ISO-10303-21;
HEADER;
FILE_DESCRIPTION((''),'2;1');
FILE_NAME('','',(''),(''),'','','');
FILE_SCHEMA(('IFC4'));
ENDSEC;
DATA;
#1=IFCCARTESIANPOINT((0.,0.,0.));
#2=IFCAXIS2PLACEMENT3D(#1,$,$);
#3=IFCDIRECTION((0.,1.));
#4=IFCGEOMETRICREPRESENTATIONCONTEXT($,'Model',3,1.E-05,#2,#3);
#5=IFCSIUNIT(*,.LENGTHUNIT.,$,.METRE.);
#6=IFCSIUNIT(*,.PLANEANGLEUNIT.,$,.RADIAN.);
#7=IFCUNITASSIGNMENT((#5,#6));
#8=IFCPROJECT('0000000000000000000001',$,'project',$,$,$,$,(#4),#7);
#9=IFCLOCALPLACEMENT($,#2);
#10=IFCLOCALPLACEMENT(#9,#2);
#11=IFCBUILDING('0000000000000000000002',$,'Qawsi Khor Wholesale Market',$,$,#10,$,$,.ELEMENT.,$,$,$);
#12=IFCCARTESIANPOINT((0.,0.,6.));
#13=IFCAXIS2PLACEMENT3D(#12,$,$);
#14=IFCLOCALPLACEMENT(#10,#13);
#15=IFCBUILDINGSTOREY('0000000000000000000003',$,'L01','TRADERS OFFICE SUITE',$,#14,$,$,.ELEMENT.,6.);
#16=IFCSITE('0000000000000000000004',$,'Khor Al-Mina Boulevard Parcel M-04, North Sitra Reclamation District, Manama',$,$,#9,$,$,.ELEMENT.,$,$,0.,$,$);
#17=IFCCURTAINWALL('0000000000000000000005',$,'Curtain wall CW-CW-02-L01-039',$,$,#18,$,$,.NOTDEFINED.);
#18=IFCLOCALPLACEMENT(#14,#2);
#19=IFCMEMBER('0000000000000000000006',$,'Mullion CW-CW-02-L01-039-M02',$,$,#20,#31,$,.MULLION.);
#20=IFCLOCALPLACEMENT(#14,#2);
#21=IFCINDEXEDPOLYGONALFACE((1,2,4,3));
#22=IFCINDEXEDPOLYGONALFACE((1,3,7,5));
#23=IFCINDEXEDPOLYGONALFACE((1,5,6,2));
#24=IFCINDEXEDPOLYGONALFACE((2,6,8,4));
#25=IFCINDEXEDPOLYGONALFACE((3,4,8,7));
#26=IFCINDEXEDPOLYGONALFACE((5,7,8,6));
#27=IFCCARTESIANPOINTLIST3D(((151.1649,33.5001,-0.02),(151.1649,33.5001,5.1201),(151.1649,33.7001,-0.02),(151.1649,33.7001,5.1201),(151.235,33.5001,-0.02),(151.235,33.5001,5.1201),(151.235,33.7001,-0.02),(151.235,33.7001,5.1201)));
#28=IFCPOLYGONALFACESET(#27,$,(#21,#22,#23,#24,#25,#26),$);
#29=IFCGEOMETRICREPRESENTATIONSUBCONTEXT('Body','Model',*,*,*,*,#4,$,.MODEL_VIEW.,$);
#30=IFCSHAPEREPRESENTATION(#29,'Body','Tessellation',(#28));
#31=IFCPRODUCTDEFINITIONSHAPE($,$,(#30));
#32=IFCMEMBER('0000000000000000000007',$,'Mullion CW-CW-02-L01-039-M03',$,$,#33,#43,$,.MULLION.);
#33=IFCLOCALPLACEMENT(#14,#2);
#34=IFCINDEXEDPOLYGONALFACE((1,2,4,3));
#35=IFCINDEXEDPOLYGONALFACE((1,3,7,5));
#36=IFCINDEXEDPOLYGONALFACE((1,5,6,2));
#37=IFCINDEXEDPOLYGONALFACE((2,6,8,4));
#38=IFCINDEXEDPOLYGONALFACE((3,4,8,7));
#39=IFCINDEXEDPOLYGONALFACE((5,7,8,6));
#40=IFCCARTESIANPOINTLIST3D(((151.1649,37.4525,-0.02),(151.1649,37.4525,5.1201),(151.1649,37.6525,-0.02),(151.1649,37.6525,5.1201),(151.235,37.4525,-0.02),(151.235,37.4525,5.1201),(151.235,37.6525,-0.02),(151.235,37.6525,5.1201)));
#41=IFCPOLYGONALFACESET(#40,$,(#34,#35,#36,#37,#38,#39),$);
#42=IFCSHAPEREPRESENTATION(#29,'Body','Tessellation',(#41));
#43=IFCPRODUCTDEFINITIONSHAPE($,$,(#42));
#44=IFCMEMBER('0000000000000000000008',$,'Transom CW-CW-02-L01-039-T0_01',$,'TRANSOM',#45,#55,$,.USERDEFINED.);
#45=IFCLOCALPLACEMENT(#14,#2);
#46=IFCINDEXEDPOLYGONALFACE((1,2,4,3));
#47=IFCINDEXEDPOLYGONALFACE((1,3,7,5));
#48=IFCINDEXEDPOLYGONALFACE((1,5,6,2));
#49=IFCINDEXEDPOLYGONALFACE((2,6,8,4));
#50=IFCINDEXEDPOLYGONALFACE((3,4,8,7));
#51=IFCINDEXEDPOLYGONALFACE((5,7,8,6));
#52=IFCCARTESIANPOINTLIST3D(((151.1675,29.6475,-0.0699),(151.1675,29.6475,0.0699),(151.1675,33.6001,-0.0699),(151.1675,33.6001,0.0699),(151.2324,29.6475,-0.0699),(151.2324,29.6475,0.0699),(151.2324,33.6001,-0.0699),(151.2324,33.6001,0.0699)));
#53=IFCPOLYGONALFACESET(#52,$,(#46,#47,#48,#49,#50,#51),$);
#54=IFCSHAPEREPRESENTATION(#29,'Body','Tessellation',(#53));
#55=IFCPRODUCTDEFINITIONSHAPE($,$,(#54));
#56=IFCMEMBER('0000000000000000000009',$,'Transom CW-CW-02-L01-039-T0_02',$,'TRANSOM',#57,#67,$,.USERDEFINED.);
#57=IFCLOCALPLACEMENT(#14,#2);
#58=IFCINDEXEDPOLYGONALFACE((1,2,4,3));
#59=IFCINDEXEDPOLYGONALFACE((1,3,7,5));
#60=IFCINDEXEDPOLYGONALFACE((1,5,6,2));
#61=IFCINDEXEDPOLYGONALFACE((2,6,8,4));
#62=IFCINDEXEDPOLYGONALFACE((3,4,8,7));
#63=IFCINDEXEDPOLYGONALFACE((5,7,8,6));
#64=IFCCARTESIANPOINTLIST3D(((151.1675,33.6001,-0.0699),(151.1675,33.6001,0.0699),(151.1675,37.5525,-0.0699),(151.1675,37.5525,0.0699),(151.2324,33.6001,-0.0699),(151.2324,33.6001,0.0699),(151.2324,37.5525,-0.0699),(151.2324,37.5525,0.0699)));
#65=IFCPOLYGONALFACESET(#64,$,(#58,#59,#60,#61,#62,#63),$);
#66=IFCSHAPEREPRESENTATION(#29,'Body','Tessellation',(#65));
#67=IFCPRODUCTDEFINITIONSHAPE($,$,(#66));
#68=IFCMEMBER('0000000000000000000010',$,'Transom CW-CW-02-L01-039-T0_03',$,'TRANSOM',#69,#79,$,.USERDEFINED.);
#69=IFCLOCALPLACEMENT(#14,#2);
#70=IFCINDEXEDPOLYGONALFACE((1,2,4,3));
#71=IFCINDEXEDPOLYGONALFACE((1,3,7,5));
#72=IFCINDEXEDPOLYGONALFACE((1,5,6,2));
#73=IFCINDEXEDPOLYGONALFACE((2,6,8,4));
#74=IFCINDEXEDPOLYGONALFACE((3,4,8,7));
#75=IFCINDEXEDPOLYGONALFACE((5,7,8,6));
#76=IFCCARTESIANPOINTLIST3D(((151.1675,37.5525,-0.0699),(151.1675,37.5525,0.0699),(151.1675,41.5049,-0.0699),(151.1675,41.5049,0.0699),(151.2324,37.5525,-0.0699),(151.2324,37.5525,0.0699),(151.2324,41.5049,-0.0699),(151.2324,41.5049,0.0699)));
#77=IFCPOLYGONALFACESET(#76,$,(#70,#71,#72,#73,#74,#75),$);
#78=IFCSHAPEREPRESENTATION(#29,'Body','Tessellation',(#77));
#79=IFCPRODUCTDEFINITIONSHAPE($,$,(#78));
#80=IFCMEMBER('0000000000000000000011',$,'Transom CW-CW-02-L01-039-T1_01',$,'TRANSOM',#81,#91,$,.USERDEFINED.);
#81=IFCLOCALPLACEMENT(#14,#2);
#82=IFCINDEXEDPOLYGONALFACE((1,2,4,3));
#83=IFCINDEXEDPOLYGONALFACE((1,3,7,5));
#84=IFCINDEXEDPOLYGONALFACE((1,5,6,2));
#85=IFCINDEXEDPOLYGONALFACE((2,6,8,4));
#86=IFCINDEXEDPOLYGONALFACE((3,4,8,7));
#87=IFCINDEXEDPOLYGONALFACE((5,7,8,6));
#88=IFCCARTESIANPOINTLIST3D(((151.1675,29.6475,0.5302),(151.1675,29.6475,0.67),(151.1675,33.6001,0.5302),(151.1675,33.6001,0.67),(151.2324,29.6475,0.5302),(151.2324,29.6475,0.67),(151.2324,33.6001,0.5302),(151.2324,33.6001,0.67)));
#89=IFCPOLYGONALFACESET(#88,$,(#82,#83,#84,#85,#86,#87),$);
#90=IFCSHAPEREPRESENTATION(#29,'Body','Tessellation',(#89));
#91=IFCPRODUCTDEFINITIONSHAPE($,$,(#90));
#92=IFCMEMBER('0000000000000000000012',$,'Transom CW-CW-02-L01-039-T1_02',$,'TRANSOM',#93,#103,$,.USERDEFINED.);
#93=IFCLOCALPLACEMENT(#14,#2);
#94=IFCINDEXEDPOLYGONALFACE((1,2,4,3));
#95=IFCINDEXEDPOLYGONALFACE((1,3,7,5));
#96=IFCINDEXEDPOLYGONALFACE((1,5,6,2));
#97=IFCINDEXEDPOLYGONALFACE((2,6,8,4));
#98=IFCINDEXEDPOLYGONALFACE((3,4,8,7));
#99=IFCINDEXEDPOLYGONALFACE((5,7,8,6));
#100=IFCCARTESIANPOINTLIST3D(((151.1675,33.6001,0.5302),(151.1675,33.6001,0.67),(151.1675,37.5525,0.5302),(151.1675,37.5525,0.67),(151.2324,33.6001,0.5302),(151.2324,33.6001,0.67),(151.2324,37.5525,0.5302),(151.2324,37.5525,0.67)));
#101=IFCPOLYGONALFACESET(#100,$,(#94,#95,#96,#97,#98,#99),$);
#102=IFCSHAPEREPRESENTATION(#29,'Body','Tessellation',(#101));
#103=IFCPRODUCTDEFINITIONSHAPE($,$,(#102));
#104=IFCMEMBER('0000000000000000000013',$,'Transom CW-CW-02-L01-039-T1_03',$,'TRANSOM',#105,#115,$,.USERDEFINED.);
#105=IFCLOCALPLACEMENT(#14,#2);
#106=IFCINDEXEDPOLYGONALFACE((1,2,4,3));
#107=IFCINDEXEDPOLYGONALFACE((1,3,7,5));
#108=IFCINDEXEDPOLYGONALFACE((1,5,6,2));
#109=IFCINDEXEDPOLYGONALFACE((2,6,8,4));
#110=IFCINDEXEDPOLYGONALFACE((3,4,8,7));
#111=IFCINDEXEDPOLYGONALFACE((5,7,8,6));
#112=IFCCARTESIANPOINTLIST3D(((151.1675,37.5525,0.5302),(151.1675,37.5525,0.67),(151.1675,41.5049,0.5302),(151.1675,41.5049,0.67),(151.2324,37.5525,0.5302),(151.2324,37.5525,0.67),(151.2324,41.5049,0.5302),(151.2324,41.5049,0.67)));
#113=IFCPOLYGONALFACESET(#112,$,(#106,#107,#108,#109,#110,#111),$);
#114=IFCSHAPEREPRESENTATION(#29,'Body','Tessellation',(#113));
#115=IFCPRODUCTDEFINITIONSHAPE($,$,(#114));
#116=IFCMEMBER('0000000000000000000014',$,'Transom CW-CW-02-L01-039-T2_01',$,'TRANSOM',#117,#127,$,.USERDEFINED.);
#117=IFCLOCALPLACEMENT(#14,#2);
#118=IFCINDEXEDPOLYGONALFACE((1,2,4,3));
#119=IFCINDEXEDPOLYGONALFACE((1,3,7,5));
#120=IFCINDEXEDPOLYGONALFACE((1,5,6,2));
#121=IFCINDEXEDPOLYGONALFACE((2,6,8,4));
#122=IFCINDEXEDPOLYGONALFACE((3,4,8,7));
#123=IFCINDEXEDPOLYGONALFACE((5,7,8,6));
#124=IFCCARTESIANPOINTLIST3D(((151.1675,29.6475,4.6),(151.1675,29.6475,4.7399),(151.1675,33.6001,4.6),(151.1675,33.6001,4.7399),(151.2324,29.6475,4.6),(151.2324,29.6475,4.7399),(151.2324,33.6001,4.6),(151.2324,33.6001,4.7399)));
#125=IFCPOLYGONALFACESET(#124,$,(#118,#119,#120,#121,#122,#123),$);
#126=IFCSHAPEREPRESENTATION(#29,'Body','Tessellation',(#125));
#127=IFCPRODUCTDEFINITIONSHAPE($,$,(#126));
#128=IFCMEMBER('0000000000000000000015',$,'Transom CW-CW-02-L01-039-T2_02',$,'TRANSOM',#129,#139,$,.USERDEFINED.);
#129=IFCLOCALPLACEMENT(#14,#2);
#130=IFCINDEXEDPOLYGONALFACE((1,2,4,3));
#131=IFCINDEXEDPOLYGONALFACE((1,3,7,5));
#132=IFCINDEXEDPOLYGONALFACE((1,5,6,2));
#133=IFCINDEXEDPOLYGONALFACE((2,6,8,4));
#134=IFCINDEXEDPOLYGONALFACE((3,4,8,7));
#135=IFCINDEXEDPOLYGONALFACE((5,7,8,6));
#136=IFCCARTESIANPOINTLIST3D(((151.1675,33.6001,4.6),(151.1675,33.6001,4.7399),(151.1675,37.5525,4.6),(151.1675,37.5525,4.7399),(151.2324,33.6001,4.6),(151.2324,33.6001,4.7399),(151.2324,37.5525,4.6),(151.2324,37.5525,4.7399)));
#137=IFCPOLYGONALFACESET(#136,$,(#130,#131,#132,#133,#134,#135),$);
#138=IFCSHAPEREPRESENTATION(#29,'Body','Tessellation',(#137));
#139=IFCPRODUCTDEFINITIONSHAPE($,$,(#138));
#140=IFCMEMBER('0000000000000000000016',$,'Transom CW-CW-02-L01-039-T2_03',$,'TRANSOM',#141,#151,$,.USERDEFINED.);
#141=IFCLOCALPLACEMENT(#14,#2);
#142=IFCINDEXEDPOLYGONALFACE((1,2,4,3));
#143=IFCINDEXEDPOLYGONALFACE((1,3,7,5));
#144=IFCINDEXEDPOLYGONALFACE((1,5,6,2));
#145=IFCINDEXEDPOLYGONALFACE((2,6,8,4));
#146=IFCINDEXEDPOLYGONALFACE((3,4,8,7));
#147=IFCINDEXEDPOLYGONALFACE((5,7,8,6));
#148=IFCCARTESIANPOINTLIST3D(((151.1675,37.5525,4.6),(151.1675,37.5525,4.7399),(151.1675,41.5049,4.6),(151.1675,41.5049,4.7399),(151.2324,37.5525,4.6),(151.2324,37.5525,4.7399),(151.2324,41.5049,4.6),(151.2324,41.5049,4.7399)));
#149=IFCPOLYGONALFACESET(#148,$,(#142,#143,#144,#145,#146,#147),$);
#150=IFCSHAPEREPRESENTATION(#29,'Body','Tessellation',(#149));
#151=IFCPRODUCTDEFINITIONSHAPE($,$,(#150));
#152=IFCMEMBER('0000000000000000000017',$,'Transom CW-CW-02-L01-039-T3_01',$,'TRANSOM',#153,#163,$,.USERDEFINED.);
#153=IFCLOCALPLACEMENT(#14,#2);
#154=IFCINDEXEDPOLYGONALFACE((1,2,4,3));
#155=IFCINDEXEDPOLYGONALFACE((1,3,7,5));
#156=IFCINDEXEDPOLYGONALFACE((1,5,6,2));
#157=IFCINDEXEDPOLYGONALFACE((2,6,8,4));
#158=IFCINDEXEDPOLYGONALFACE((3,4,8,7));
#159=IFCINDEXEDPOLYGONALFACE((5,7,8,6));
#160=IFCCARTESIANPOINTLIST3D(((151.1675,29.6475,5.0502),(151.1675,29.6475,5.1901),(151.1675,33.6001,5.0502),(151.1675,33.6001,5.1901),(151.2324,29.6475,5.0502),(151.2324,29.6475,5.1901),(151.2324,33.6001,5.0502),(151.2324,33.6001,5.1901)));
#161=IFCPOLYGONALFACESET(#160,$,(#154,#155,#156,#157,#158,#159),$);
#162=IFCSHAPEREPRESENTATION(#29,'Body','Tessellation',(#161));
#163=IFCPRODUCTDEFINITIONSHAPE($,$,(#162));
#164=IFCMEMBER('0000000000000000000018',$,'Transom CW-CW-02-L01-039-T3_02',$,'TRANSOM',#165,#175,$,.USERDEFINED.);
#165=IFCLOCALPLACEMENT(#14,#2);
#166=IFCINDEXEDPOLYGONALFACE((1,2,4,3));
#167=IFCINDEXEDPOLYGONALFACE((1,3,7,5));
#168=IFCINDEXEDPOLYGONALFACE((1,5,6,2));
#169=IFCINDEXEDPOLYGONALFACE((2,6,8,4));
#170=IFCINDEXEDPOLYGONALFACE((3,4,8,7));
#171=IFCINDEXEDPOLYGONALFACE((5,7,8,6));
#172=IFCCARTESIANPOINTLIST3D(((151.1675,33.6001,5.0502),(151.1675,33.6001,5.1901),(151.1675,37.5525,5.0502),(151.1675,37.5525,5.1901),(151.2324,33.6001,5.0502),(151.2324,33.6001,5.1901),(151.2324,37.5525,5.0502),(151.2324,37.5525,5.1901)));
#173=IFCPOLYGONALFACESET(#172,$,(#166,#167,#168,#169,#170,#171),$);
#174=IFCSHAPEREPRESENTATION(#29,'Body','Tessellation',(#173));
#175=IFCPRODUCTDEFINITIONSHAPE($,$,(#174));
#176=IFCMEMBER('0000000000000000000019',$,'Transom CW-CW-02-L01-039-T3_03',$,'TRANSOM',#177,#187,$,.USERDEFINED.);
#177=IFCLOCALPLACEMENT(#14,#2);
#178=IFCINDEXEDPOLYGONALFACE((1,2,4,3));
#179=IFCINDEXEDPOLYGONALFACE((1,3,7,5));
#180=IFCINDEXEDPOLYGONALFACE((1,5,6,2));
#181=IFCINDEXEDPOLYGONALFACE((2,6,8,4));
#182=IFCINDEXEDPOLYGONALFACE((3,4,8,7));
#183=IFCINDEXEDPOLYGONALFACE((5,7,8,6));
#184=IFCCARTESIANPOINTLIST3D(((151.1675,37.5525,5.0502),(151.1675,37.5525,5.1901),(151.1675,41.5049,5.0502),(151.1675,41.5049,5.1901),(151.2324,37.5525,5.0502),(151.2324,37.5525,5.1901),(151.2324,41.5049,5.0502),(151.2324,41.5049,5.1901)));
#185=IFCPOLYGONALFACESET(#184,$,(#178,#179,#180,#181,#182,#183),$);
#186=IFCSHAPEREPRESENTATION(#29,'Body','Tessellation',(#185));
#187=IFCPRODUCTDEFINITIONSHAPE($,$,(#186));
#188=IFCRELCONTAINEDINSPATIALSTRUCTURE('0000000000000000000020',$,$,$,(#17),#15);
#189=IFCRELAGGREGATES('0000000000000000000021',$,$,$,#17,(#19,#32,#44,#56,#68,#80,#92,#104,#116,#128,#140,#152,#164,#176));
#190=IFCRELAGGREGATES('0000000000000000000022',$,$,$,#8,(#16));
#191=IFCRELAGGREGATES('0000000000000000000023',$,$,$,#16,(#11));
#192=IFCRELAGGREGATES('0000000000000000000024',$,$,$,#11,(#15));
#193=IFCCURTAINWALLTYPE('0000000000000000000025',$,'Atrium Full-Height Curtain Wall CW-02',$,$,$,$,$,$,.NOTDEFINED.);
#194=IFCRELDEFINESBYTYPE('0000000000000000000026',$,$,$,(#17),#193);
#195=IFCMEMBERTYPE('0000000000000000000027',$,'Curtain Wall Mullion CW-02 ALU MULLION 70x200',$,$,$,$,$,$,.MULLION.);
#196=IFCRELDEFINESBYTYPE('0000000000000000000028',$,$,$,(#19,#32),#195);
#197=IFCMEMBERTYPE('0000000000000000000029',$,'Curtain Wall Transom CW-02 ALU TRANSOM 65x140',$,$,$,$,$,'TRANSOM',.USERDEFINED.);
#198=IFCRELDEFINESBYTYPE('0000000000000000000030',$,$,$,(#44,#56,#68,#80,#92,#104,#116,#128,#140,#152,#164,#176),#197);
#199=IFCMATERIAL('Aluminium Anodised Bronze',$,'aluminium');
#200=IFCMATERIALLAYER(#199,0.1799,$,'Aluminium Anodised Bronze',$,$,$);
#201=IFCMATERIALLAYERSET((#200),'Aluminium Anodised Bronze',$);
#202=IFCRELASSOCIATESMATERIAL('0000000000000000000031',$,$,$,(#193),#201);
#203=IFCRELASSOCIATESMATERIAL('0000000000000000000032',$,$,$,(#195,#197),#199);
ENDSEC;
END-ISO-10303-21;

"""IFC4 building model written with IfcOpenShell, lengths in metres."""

from ifc_helpers import new_model, si_unit, direction, frame, origin, origin_2d, place, context, subcontext, project, spatial, rectangle, extrude, material, layer, layer_set, material_profile, profile_set, type_object, element, aggregate, save


model = new_model("IFC4")

# Units and contexts
model_context = context("Model", 3, precision=1e-05, world=origin(), true_north=direction((0.0, 1.0)))
body_context = subcontext(model_context, "Body", "Model", "MODEL_VIEW")
ifc_project = project(units=[si_unit("LENGTHUNIT", "METRE"), si_unit("PLANEANGLEUNIT", "RADIAN")], contexts=[model_context])

# Site, building, storey
site_placement = place(None, origin())
site = spatial("IfcSite", under=ifc_project, at=site_placement, Name="Khor Al-Mina Boulevard Parcel M-04, North Sitra Reclamation District, Manama", CompositionType="ELEMENT", RefElevation=0.0)
building_placement = place(site_placement, origin())
building = spatial("IfcBuilding", under=site, at=building_placement, Name="Qawsi Khor Wholesale Market", CompositionType="ELEMENT")
storey_placement = place(building_placement, frame((0.0, 0.0, 6.0)))
storey = spatial("IfcBuildingStorey", under=building, at=storey_placement, Name="L01", Description="TRADERS OFFICE SUITE", CompositionType="ELEMENT", Elevation=6.0)

# Curtain wall, members
ifc_material_1 = material(Name="Aluminium Anodised Bronze", Category="aluminium")
ifc_layer_1 = layer(ifc_material_1, 0.1799, Name="Aluminium Anodised Bronze")
ifc_layer_set_1 = layer_set([ifc_layer_1], Name="Aluminium Anodised Bronze")
curtain_wall_type = type_object("IfcCurtainWallType", Name="Atrium Full-Height Curtain Wall CW-02", PredefinedType="NOTDEFINED", material=ifc_layer_set_1)
curtain_wall_placement = place(storey_placement, origin())
curtain_wall = element("IfcCurtainWall", 1, at=curtain_wall_placement, inside=storey, type_object=curtain_wall_type, Name="Curtain wall CW-CW-02-L01-039", PredefinedType="NOTDEFINED")
ifc_material_profile_1 = material_profile(ifc_material_1, rectangle(XDim=0.0701, YDim=0.2, at=origin_2d()), Name="ALU MULLION 70x200")
ifc_profile_set_1 = profile_set([ifc_material_profile_1], Name="Aluminium Anodised Bronze")
member_type_1 = type_object("IfcMemberType", Name="Curtain Wall Mullion CW-02 ALU MULLION 70x200", PredefinedType="MULLION", material=ifc_profile_set_1)
member_1_placement = place(storey_placement, frame((151.2, 33.6001, -0.02), z_axis=(0.0, 0.0, 1.0), x_axis=(1.0, 0.0, 0.0)))
member_1 = element("IfcMember", 2, at=member_1_placement, type_object=member_type_1, Name="Mullion CW-CW-02-L01-039-M02", PredefinedType="MULLION", context=body_context, shape_type="SweptSolid", body=[
    extrude(rectangle(XDim=0.0701, YDim=0.2, at=origin_2d()), origin(), (0.0, 0.0, 1.0), 5.1401),
])
member_2_placement = place(storey_placement, frame((151.2, 37.5525, -0.02), z_axis=(0.0, 0.0, 1.0), x_axis=(1.0, 0.0, 0.0)))
member_2 = element("IfcMember", 3, at=member_2_placement, type_object=member_type_1, Name="Mullion CW-CW-02-L01-039-M03", PredefinedType="MULLION", context=body_context, shape_type="SweptSolid", body=[
    extrude(rectangle(XDim=0.0701, YDim=0.2, at=origin_2d()), origin(), (0.0, 0.0, 1.0), 5.1401),
])
ifc_material_profile_2 = material_profile(ifc_material_1, rectangle(XDim=0.0649, YDim=0.1399, at=origin_2d()), Name="ALU TRANSOM 65x140")
ifc_profile_set_2 = profile_set([ifc_material_profile_2], Name="Aluminium Anodised Bronze")
member_type_2 = type_object("IfcMemberType", Name="Curtain Wall Transom CW-02 ALU TRANSOM 65x140", ElementType="TRANSOM", PredefinedType="USERDEFINED", material=ifc_profile_set_2)
member_3_placement = place(storey_placement, frame((151.2, 29.6475, 0.0), z_axis=(0.0, 1.0, 0.0), x_axis=(-1.0, 0.0, 0.0)))
member_3 = element("IfcMember", 4, at=member_3_placement, type_object=member_type_2, Name="Transom CW-CW-02-L01-039-T0_01", ObjectType="TRANSOM", PredefinedType="USERDEFINED", context=body_context, shape_type="SweptSolid", body=[
    extrude(rectangle(XDim=0.0649, YDim=0.1399, at=origin_2d()), origin(), (0.0, 0.0, 1.0), 3.9526),
])
member_4_placement = place(storey_placement, frame((151.2, 33.6001, 0.0), z_axis=(0.0, 1.0, 0.0), x_axis=(-1.0, 0.0, 0.0)))
member_4 = element("IfcMember", 5, at=member_4_placement, type_object=member_type_2, Name="Transom CW-CW-02-L01-039-T0_02", ObjectType="TRANSOM", PredefinedType="USERDEFINED", context=body_context, shape_type="SweptSolid", body=[
    extrude(rectangle(XDim=0.0649, YDim=0.1399, at=origin_2d()), origin(), (0.0, 0.0, 1.0), 3.9524),
])
member_5_placement = place(storey_placement, frame((151.2, 37.5525, 0.0), z_axis=(0.0, 1.0, 0.0), x_axis=(-1.0, 0.0, 0.0)))
member_5 = element("IfcMember", 6, at=member_5_placement, type_object=member_type_2, Name="Transom CW-CW-02-L01-039-T0_03", ObjectType="TRANSOM", PredefinedType="USERDEFINED", context=body_context, shape_type="SweptSolid", body=[
    extrude(rectangle(XDim=0.0649, YDim=0.1399, at=origin_2d()), origin(), (0.0, 0.0, 1.0), 3.9524),
])
member_6_placement = place(storey_placement, frame((151.2, 29.6475, 0.6001), z_axis=(0.0, 1.0, 0.0), x_axis=(-1.0, 0.0, 0.0)))
member_6 = element("IfcMember", 7, at=member_6_placement, type_object=member_type_2, Name="Transom CW-CW-02-L01-039-T1_01", ObjectType="TRANSOM", PredefinedType="USERDEFINED", context=body_context, shape_type="SweptSolid", body=[
    extrude(rectangle(XDim=0.0649, YDim=0.1399, at=origin_2d()), origin(), (0.0, 0.0, 1.0), 3.9526),
])
member_7_placement = place(storey_placement, frame((151.2, 33.6001, 0.6001), z_axis=(0.0, 1.0, 0.0), x_axis=(-1.0, 0.0, 0.0)))
member_7 = element("IfcMember", 8, at=member_7_placement, type_object=member_type_2, Name="Transom CW-CW-02-L01-039-T1_02", ObjectType="TRANSOM", PredefinedType="USERDEFINED", context=body_context, shape_type="SweptSolid", body=[
    extrude(rectangle(XDim=0.0649, YDim=0.1399, at=origin_2d()), origin(), (0.0, 0.0, 1.0), 3.9524),
])
member_8_placement = place(storey_placement, frame((151.2, 37.5525, 0.6001), z_axis=(0.0, 1.0, 0.0), x_axis=(-1.0, 0.0, 0.0)))
member_8 = element("IfcMember", 9, at=member_8_placement, type_object=member_type_2, Name="Transom CW-CW-02-L01-039-T1_03", ObjectType="TRANSOM", PredefinedType="USERDEFINED", context=body_context, shape_type="SweptSolid", body=[
    extrude(rectangle(XDim=0.0649, YDim=0.1399, at=origin_2d()), origin(), (0.0, 0.0, 1.0), 3.9524),
])
member_9_placement = place(storey_placement, frame((151.2, 29.6475, 4.6699), z_axis=(0.0, 1.0, 0.0), x_axis=(-1.0, 0.0, 0.0)))
member_9 = element("IfcMember", 10, at=member_9_placement, type_object=member_type_2, Name="Transom CW-CW-02-L01-039-T2_01", ObjectType="TRANSOM", PredefinedType="USERDEFINED", context=body_context, shape_type="SweptSolid", body=[
    extrude(rectangle(XDim=0.0649, YDim=0.1399, at=origin_2d()), origin(), (0.0, 0.0, 1.0), 3.9526),
])
member_10_placement = place(storey_placement, frame((151.2, 33.6001, 4.6699), z_axis=(0.0, 1.0, 0.0), x_axis=(-1.0, 0.0, 0.0)))
member_10 = element("IfcMember", 11, at=member_10_placement, type_object=member_type_2, Name="Transom CW-CW-02-L01-039-T2_02", ObjectType="TRANSOM", PredefinedType="USERDEFINED", context=body_context, shape_type="SweptSolid", body=[
    extrude(rectangle(XDim=0.0649, YDim=0.1399, at=origin_2d()), origin(), (0.0, 0.0, 1.0), 3.9524),
])
member_11_placement = place(storey_placement, frame((151.2, 37.5525, 4.6699), z_axis=(0.0, 1.0, 0.0), x_axis=(-1.0, 0.0, 0.0)))
member_11 = element("IfcMember", 12, at=member_11_placement, type_object=member_type_2, Name="Transom CW-CW-02-L01-039-T2_03", ObjectType="TRANSOM", PredefinedType="USERDEFINED", context=body_context, shape_type="SweptSolid", body=[
    extrude(rectangle(XDim=0.0649, YDim=0.1399, at=origin_2d()), origin(), (0.0, 0.0, 1.0), 3.9524),
])
member_12_placement = place(storey_placement, frame((151.2, 29.6475, 5.1201), z_axis=(0.0, 1.0, 0.0), x_axis=(-1.0, 0.0, 0.0)))
member_12 = element("IfcMember", 13, at=member_12_placement, type_object=member_type_2, Name="Transom CW-CW-02-L01-039-T3_01", ObjectType="TRANSOM", PredefinedType="USERDEFINED", context=body_context, shape_type="SweptSolid", body=[
    extrude(rectangle(XDim=0.0649, YDim=0.1399, at=origin_2d()), origin(), (0.0, 0.0, 1.0), 3.9526),
])
member_13_placement = place(storey_placement, frame((151.2, 33.6001, 5.1201), z_axis=(0.0, 1.0, 0.0), x_axis=(-1.0, 0.0, 0.0)))
member_13 = element("IfcMember", 14, at=member_13_placement, type_object=member_type_2, Name="Transom CW-CW-02-L01-039-T3_02", ObjectType="TRANSOM", PredefinedType="USERDEFINED", context=body_context, shape_type="SweptSolid", body=[
    extrude(rectangle(XDim=0.0649, YDim=0.1399, at=origin_2d()), origin(), (0.0, 0.0, 1.0), 3.9524),
])
member_14_placement = place(storey_placement, frame((151.2, 37.5525, 5.1201), z_axis=(0.0, 1.0, 0.0), x_axis=(-1.0, 0.0, 0.0)))
member_14 = element("IfcMember", 15, at=member_14_placement, type_object=member_type_2, Name="Transom CW-CW-02-L01-039-T3_03", ObjectType="TRANSOM", PredefinedType="USERDEFINED", context=body_context, shape_type="SweptSolid", body=[
    extrude(rectangle(XDim=0.0649, YDim=0.1399, at=origin_2d()), origin(), (0.0, 0.0, 1.0), 3.9524),
])
aggregate(curtain_wall, [member_1, member_2, member_3, member_4, member_5, member_6, member_7, member_8, member_9, member_10, member_11, member_12, member_13, member_14])

save(model, "model.ifc")
